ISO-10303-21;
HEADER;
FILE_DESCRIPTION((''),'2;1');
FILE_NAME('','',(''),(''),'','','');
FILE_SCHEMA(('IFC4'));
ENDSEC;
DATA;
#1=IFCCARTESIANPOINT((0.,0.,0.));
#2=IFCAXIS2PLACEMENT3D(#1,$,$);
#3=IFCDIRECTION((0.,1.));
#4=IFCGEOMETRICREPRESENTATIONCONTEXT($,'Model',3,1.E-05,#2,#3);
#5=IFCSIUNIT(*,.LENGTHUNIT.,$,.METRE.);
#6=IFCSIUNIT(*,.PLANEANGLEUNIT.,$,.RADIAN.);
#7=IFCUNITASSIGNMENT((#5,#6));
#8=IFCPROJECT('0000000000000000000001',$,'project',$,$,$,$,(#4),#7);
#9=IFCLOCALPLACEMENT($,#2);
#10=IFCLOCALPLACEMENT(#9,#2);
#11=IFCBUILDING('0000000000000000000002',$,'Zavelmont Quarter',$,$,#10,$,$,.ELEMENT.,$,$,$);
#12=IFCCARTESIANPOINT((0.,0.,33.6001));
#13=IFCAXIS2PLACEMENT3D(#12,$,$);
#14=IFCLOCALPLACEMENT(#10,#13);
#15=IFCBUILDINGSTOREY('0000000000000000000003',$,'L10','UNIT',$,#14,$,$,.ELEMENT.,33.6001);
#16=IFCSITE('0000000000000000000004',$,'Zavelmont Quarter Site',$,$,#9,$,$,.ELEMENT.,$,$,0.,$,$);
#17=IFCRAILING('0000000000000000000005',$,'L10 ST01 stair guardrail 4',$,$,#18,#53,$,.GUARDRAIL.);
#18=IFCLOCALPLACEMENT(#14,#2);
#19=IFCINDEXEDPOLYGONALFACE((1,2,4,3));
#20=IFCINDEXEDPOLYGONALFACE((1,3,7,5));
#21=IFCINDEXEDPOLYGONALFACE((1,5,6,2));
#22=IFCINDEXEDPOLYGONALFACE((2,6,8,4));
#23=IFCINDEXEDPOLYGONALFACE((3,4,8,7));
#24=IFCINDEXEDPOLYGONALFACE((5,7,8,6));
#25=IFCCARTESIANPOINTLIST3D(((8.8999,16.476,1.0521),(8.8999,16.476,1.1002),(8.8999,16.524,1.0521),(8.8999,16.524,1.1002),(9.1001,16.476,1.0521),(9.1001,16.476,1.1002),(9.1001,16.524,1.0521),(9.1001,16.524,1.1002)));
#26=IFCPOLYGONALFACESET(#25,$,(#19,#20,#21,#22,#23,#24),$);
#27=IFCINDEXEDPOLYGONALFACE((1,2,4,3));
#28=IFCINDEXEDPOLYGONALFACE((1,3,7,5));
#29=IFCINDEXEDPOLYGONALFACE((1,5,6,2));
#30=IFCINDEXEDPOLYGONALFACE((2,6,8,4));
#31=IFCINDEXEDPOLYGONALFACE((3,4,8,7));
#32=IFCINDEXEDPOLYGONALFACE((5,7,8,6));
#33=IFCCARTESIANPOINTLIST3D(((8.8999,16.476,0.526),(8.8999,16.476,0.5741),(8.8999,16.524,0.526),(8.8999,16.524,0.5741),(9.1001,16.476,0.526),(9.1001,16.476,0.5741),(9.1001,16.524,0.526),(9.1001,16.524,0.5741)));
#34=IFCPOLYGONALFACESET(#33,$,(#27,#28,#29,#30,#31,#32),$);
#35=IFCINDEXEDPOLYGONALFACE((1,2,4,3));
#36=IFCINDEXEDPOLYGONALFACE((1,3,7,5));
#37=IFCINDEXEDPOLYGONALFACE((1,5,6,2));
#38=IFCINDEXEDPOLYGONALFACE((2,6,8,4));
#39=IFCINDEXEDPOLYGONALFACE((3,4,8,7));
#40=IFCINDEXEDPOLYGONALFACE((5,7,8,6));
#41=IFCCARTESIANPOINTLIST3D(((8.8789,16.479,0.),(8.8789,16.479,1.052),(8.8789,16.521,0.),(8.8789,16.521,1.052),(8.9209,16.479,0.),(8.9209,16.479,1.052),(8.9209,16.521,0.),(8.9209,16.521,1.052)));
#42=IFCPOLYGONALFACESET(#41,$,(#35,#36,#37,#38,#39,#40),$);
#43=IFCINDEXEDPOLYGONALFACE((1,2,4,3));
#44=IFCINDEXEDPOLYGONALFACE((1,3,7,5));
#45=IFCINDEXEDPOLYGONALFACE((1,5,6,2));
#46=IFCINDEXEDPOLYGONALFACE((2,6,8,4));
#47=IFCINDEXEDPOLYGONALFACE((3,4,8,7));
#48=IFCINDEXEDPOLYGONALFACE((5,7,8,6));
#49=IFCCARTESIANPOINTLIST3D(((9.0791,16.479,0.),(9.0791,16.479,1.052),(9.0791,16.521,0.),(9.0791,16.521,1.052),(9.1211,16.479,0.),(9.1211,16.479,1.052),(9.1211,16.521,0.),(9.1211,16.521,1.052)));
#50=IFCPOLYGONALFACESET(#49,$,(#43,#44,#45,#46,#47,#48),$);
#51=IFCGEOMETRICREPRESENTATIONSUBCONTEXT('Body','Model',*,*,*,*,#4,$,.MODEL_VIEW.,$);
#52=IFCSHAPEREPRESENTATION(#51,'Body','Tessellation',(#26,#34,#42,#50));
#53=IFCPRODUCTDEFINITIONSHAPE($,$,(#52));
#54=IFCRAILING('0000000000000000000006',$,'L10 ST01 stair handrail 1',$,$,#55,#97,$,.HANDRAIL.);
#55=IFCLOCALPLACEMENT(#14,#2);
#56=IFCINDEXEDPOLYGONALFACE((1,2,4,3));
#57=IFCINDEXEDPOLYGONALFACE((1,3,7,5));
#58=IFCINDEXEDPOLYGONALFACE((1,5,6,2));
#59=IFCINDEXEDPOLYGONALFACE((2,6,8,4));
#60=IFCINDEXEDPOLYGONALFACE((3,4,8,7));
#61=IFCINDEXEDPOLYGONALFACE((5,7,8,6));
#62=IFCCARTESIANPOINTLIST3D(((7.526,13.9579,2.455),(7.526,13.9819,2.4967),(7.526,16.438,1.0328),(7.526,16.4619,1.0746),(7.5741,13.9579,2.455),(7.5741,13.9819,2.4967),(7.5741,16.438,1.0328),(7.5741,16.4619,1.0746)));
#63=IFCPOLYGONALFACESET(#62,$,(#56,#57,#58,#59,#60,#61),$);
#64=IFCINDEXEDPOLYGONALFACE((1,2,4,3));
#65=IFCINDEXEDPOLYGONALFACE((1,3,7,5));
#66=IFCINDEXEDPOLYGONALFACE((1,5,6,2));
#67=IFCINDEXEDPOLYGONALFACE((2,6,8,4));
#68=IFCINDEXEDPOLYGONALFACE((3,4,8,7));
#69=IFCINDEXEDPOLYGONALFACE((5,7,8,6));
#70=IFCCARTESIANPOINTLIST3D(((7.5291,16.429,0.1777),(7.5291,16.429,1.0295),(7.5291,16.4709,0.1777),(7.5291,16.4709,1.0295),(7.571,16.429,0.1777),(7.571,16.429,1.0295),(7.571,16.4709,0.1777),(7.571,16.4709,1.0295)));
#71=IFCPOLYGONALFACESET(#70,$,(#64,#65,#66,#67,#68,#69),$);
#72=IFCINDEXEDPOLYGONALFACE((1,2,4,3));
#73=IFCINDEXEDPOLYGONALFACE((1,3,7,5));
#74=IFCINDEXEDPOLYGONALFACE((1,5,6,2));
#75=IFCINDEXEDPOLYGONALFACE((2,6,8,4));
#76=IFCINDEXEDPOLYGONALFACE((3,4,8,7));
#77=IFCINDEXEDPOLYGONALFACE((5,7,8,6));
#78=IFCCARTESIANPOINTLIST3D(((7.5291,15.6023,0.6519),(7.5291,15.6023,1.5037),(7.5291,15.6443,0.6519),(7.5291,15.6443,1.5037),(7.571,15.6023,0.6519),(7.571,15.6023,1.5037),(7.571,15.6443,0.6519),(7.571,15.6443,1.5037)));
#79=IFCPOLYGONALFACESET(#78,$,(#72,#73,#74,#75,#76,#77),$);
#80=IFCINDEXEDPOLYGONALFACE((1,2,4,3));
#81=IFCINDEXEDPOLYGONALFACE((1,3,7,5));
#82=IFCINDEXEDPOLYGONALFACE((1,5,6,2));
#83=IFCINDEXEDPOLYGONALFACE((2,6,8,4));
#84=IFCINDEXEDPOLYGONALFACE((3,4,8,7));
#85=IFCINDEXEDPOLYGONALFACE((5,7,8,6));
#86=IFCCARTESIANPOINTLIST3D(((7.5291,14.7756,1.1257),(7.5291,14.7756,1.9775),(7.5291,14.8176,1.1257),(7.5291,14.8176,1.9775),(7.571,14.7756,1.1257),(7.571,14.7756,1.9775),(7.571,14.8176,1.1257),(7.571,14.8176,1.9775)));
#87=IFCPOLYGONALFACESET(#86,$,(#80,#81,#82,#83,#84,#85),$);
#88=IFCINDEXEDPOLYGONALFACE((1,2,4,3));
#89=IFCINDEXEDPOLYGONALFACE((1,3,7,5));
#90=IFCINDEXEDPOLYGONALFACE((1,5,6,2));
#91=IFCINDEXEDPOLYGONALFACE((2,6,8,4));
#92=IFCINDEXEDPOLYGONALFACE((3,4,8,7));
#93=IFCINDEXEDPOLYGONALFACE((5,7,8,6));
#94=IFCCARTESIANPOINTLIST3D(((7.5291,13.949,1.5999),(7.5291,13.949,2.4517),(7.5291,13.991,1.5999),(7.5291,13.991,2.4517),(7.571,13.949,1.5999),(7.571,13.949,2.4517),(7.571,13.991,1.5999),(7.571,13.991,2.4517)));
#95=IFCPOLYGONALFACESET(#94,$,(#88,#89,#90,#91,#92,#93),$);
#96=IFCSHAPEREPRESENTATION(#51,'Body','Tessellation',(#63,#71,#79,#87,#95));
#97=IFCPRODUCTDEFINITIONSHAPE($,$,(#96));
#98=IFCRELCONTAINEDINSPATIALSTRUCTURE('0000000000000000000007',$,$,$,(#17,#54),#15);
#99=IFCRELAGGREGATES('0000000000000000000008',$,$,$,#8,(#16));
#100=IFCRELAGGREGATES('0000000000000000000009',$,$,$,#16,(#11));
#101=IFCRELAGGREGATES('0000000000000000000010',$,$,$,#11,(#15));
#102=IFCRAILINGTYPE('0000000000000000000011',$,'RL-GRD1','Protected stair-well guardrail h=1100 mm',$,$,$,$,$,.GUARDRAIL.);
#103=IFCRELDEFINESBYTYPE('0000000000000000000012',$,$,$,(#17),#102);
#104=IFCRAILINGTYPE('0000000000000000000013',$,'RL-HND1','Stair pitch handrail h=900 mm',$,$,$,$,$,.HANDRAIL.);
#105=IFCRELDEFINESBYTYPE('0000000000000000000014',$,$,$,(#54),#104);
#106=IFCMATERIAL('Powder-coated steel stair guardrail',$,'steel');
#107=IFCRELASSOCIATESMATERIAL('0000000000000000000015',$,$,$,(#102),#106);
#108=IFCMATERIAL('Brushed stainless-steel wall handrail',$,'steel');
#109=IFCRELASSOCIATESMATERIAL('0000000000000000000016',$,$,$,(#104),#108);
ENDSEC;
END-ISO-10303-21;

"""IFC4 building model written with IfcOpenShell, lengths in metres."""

from ifc_helpers import new_model, si_unit, direction, frame, origin, origin_2d, place, context, subcontext, project, spatial, rectangle, extrude, material, type_object, element, save


model = new_model("IFC4")

# Units and contexts
model_context = context("Model", 3, precision=1e-05, world=origin(), true_north=direction((0.0, 1.0)))
body_context = subcontext(model_context, "Body", "Model", "MODEL_VIEW")
ifc_project = project(units=[si_unit("LENGTHUNIT", "METRE"), si_unit("PLANEANGLEUNIT", "RADIAN")], contexts=[model_context])

# Site, building, storey
site_placement = place(None, origin())
site = spatial("IfcSite", under=ifc_project, at=site_placement, Name="Zavelmont Quarter Site", CompositionType="ELEMENT", RefElevation=0.0)
building_placement = place(site_placement, origin())
building = spatial("IfcBuilding", under=site, at=building_placement, Name="Zavelmont Quarter", CompositionType="ELEMENT")
storey_placement = place(building_placement, frame((0.0, 0.0, 33.6001)))
storey = spatial("IfcBuildingStorey", under=building, at=storey_placement, Name="L10", Description="UNIT", CompositionType="ELEMENT", Elevation=33.6001)

# Railings
ifc_material_1 = material(Name="Powder-coated steel stair guardrail", Category="steel")
railing_type_1 = type_object("IfcRailingType", Name="RL-GRD1", Description="Protected stair-well guardrail h=1100 mm", PredefinedType="GUARDRAIL", material=ifc_material_1)
railing_1_placement = place(storey_placement, frame((8.8999, 16.5, 0.0)))
element("IfcRailing", 1, at=railing_1_placement, inside=storey, type_object=railing_type_1, Name="L10 ST01 stair guardrail 4", PredefinedType="GUARDRAIL", context=body_context, shape_type="SweptSolid", body=[
    extrude(rectangle(XDim=0.0481, YDim=0.0481, at=origin_2d()), frame((0.0, 0.0, 1.0762), z_axis=(1.0, 0.0, 0.0), x_axis=(0.0, 1.0, 0.0)), (0.0, 0.0, 1.0), 0.2002),
    extrude(rectangle(XDim=0.0481, YDim=0.0481, at=origin_2d()), frame((0.0, 0.0, 0.55), z_axis=(1.0, 0.0, 0.0), x_axis=(0.0, 1.0, 0.0)), (0.0, 0.0, 1.0), 0.2002),
    extrude(rectangle(XDim=0.042, YDim=0.042, at=origin_2d()), origin(), (0.0, 0.0, 1.0), 1.052),
    extrude(rectangle(XDim=0.042, YDim=0.042, at=origin_2d()), frame((0.2002, 0.0, 0.0)), (0.0, 0.0, 1.0), 1.052),
])
ifc_material_2 = material(Name="Brushed stainless-steel wall handrail", Category="steel")
railing_type_2 = type_object("IfcRailingType", Name="RL-HND1", Description="Stair pitch handrail h=900 mm", PredefinedType="HANDRAIL", material=ifc_material_2)
railing_2_placement = place(storey_placement, frame((7.55, 16.45, 0.1777)))
element("IfcRailing", 2, at=railing_2_placement, inside=storey, type_object=railing_type_2, Name="L10 ST01 stair handrail 1", PredefinedType="HANDRAIL", context=body_context, shape_type="SweptSolid", body=[
    extrude(rectangle(XDim=0.0481, YDim=0.0481, at=origin_2d()), frame((0.0, 0.0, 0.876), z_axis=(0.0, -0.867491, 0.497454), x_axis=(1.0, 0.0, 0.0)), (0.0, 0.0, 1.0), 2.8589),
    extrude(rectangle(XDim=0.042, YDim=0.042, at=origin_2d()), origin(), (0.0, 0.0, 1.0), 0.8518),
    extrude(rectangle(XDim=0.042, YDim=0.042, at=origin_2d()), frame((0.0, -0.8267, 0.4741)), (0.0, 0.0, 1.0), 0.8518),
    extrude(rectangle(XDim=0.042, YDim=0.042, at=origin_2d()), frame((0.0, -1.6533, 0.948)), (0.0, 0.0, 1.0), 0.8518),
    extrude(rectangle(XDim=0.042, YDim=0.042, at=origin_2d()), frame((0.0, -2.48, 1.4221)), (0.0, 0.0, 1.0), 0.8518),
])

save(model, "model.ifc")
